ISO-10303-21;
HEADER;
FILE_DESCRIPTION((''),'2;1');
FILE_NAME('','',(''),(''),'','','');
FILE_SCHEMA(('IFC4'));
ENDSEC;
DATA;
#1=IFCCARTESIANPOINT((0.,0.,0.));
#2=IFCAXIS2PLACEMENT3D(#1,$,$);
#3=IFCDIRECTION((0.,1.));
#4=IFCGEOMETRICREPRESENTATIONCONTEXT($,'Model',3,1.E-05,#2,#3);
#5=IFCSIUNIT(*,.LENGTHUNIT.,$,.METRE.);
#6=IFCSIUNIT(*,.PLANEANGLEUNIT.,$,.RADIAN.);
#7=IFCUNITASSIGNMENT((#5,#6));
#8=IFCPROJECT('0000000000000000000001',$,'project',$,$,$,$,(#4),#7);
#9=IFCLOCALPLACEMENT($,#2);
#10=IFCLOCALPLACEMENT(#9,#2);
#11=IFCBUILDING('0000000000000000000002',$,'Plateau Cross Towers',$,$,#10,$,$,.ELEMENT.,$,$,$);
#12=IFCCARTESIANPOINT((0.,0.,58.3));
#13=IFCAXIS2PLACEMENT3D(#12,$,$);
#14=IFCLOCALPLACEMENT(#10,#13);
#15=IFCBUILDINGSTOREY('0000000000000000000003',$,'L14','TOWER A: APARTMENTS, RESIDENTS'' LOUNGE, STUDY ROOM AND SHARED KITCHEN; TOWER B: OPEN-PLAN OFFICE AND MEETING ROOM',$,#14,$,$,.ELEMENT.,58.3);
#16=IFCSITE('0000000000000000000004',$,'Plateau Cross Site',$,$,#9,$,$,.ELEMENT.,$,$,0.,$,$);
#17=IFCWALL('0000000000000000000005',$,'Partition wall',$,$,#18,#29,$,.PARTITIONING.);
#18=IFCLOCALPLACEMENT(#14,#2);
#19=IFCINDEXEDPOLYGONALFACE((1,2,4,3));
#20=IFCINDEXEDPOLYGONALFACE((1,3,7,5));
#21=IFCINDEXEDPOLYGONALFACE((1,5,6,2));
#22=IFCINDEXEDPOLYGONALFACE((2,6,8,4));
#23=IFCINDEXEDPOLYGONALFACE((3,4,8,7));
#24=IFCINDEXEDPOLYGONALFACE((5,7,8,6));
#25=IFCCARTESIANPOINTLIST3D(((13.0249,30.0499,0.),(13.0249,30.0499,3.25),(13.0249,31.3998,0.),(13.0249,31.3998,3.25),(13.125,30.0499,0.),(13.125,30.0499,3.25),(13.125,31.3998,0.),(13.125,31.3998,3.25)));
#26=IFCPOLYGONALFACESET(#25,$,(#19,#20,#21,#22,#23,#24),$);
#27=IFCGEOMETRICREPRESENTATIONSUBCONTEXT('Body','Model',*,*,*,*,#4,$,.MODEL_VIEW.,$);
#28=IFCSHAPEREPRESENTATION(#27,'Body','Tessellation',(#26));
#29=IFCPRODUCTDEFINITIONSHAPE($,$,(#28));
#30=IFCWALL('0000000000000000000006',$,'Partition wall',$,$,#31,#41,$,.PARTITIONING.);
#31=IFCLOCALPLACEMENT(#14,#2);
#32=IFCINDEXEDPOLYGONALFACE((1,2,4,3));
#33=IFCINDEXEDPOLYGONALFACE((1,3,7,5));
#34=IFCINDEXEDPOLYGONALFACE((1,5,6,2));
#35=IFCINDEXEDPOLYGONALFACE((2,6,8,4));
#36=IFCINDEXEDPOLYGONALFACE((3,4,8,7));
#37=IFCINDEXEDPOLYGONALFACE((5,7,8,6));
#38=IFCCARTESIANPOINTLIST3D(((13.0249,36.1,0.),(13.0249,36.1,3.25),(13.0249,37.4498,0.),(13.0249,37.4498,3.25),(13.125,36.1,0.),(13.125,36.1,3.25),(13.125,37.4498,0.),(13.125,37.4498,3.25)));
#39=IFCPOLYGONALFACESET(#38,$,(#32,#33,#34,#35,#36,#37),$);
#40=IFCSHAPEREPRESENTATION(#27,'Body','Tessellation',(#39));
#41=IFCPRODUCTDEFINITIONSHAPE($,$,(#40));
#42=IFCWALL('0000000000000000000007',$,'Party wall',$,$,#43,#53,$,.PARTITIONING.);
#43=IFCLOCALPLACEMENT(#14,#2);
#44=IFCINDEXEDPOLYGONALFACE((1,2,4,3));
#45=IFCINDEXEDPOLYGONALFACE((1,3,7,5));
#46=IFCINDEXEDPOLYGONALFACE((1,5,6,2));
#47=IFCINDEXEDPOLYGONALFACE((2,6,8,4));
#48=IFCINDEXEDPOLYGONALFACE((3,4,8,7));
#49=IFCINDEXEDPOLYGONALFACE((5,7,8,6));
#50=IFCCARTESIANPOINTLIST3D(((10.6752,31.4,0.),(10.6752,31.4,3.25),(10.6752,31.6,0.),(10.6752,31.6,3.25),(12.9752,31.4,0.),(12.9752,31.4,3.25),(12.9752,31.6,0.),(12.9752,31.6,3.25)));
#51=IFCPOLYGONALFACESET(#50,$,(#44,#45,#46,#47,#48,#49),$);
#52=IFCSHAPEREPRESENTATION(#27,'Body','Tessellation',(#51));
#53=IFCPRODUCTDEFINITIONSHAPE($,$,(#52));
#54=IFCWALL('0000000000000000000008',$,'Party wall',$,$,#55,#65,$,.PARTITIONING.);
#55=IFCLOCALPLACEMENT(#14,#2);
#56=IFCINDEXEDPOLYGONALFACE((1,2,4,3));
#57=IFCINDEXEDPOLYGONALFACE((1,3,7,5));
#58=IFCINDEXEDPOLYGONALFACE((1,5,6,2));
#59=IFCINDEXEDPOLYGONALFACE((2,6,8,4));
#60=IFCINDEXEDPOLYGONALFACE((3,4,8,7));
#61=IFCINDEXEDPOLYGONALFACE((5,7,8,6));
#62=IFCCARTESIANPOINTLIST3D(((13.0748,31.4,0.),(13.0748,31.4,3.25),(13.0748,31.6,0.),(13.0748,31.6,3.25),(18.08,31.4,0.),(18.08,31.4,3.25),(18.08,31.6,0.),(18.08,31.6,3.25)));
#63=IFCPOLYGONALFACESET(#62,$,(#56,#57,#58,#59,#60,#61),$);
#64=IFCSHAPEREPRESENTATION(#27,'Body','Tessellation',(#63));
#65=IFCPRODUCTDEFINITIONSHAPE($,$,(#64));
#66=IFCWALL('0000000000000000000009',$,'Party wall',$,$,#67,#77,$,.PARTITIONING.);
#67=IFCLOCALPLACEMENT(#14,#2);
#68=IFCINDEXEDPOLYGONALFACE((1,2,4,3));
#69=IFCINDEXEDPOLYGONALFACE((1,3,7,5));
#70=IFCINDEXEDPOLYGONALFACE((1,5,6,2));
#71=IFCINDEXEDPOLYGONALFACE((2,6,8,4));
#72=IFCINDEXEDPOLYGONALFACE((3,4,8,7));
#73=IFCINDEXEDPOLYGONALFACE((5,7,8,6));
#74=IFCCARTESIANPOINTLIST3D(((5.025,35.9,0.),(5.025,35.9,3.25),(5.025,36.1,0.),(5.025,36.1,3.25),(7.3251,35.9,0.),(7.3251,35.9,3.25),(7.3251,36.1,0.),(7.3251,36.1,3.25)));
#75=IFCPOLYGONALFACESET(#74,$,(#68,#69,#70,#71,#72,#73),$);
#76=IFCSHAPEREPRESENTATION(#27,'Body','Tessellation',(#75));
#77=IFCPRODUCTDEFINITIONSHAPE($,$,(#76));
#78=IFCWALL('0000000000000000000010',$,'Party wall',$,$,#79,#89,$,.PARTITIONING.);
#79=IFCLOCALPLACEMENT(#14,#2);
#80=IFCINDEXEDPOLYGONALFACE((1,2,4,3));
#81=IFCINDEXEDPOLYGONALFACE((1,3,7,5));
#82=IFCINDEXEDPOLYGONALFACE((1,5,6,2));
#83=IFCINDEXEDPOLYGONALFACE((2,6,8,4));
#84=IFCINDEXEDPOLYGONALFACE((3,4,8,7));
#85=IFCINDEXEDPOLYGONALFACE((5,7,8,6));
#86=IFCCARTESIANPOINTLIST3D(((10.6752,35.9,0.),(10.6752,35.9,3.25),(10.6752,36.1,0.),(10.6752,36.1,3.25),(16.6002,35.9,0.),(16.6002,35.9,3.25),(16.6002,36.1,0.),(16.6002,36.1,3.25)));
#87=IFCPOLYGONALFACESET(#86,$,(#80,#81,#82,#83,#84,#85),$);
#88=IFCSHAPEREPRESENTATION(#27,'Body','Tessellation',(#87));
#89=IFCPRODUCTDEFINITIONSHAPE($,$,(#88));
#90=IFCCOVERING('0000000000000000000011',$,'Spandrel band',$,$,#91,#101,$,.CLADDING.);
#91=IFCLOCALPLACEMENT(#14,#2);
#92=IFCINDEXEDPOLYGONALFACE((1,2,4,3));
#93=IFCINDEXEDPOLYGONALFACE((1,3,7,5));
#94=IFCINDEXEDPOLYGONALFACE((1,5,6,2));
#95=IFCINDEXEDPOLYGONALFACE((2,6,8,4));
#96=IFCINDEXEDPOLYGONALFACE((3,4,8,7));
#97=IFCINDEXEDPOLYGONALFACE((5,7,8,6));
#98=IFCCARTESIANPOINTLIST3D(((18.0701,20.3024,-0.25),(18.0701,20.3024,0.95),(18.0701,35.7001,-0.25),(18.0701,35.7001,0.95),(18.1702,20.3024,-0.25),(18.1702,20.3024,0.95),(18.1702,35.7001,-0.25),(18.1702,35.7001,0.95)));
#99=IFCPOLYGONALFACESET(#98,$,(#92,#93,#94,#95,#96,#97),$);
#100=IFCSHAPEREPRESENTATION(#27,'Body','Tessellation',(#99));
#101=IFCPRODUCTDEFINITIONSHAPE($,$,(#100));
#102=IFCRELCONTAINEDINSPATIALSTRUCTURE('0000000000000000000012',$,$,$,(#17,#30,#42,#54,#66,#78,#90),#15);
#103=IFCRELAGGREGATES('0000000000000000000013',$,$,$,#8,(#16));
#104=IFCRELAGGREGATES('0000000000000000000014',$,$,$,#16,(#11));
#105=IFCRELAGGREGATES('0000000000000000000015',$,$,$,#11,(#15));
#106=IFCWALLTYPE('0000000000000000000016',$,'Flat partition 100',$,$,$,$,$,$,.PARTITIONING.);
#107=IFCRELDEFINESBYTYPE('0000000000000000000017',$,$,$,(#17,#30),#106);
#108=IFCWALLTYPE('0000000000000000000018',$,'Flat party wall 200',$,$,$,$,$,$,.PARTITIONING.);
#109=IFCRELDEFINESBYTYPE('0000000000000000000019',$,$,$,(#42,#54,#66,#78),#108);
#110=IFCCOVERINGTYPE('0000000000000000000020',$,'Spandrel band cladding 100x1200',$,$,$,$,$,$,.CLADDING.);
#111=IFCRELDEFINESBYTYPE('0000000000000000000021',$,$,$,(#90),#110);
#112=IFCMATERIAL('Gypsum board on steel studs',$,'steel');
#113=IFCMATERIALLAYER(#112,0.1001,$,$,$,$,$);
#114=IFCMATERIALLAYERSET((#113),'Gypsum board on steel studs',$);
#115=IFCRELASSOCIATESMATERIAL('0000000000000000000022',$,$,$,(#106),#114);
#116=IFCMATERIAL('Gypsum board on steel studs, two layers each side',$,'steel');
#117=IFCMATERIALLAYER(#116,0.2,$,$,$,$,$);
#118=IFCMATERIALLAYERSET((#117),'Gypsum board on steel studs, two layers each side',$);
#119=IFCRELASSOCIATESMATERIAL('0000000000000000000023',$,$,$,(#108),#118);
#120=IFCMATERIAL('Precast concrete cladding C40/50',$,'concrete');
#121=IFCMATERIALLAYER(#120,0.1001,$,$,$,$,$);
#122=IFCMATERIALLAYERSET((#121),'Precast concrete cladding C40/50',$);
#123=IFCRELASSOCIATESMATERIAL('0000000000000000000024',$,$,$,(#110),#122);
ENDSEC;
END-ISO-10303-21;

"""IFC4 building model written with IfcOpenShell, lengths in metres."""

from ifc_helpers import new_model, si_unit, direction, frame, frame_2d, origin, origin_2d, place, context, subcontext, project, spatial, rectangle, extrude, material, layer, layer_set, type_object, element, save


model = new_model("IFC4")

# Units and contexts
model_context = context("Model", 3, precision=1e-05, world=origin(), true_north=direction((0.0, 1.0)))
body_context = subcontext(model_context, "Body", "Model", "MODEL_VIEW")
ifc_project = project(units=[si_unit("LENGTHUNIT", "METRE"), si_unit("PLANEANGLEUNIT", "RADIAN")], contexts=[model_context])

# Site, building, storey
site_placement = place(None, origin())
site = spatial("IfcSite", under=ifc_project, at=site_placement, Name="Plateau Cross Site", CompositionType="ELEMENT", RefElevation=0.0)
building_placement = place(site_placement, origin())
building = spatial("IfcBuilding", under=site, at=building_placement, Name="Plateau Cross Towers", CompositionType="ELEMENT")
storey_placement = place(building_placement, frame((0.0, 0.0, 58.3)))
storey = spatial("IfcBuildingStorey", under=building, at=storey_placement, Name="L14", Description="TOWER A: APARTMENTS, RESIDENTS' LOUNGE, STUDY ROOM AND SHARED KITCHEN; TOWER B: OPEN-PLAN OFFICE AND MEETING ROOM", CompositionType="ELEMENT", Elevation=58.3)

# Shared definitions
ifc_material_1 = material(Name="Gypsum board on steel studs", Category="steel")
ifc_layer_1 = layer(ifc_material_1, 0.1001)
ifc_layer_set_1 = layer_set([ifc_layer_1], Name="Gypsum board on steel studs")
wall_type_1 = type_object("IfcWallType", Name="Flat partition 100", PredefinedType="PARTITIONING", material=ifc_layer_set_1)

# Walls
for number, where, z_axis, x_axis, name in (
    (1, (13.075, 30.05, 0.0), (0.0, 0.0, 1.0), (0.0, 1.0, 0.0), "Partition wall"),
    (2, (13.075, 36.1001, 0.0), (0.0, 0.0, 1.0), (0.0, 1.0, 0.0), "Partition wall"),
):
    element("IfcWall", number, at=place(storey_placement, frame(where, z_axis=z_axis, x_axis=x_axis)), inside=storey, type_object=wall_type_1, Name=name, PredefinedType="PARTITIONING", context=body_context, shape_type="SweptSolid", body=[
        extrude(rectangle(XDim=1.3499, YDim=0.1001, at=frame_2d((0.6748, 0.0))), origin(), (0.0, 0.0, 1.0), 3.25),
    ])
ifc_material_2 = material(Name="Gypsum board on steel studs, two layers each side", Category="steel")
ifc_layer_2 = layer(ifc_material_2, 0.2)
ifc_layer_set_2 = layer_set([ifc_layer_2], Name="Gypsum board on steel studs, two layers each side")
wall_type_2 = type_object("IfcWallType", Name="Flat party wall 200", PredefinedType="PARTITIONING", material=ifc_layer_set_2)
wall_1_placement = place(storey_placement, frame((12.9751, 31.5, 0.0), z_axis=(0.0, 0.0, 1.0), x_axis=(-1.0, 0.0, 0.0)))
element("IfcWall", 3, at=wall_1_placement, inside=storey, type_object=wall_type_2, Name="Party wall", PredefinedType="PARTITIONING", context=body_context, shape_type="SweptSolid", body=[
    extrude(rectangle(XDim=2.3, YDim=0.2, at=frame_2d((1.1499, 0.0))), origin(), (0.0, 0.0, 1.0), 3.25),
])
wall_2_placement = place(storey_placement, frame((13.075, 31.5, 0.0), z_axis=(0.0, 0.0, 1.0), x_axis=(1.0, 0.0, 0.0)))
element("IfcWall", 4, at=wall_2_placement, inside=storey, type_object=wall_type_2, Name="Party wall", PredefinedType="PARTITIONING", context=body_context, shape_type="SweptSolid", body=[
    extrude(rectangle(XDim=5.0051, YDim=0.2, at=frame_2d((2.5024, 0.0))), origin(), (0.0, 0.0, 1.0), 3.25),
])
wall_3_placement = place(storey_placement, frame((7.325, 36.0, 0.0), z_axis=(0.0, 0.0, 1.0), x_axis=(-1.0, 0.0, 0.0)))
element("IfcWall", 5, at=wall_3_placement, inside=storey, type_object=wall_type_2, Name="Party wall", PredefinedType="PARTITIONING", context=body_context, shape_type="SweptSolid", body=[
    extrude(rectangle(XDim=2.3, YDim=0.2, at=frame_2d((1.1499, 0.0))), origin(), (0.0, 0.0, 1.0), 3.25),
])
wall_4_placement = place(storey_placement, frame((16.6001, 36.0, 0.0), z_axis=(0.0, 0.0, 1.0), x_axis=(-1.0, 0.0, 0.0)))
element("IfcWall", 6, at=wall_4_placement, inside=storey, type_object=wall_type_2, Name="Party wall", PredefinedType="PARTITIONING", context=body_context, shape_type="SweptSolid", body=[
    extrude(rectangle(XDim=5.925, YDim=0.2, at=frame_2d((2.9624, 0.0))), origin(), (0.0, 0.0, 1.0), 3.25),
])

# Covering
ifc_material_3 = material(Name="Precast concrete cladding C40/50", Category="concrete")
ifc_layer_3 = layer(ifc_material_3, 0.1001)
ifc_layer_set_3 = layer_set([ifc_layer_3], Name="Precast concrete cladding C40/50")
covering_type = type_object("IfcCoveringType", Name="Spandrel band cladding 100x1200", PredefinedType="CLADDING", material=ifc_layer_set_3)
covering_placement = place(storey_placement, frame((18.1201, 28.0012, -0.25), z_axis=(0.0, 0.0, 1.0), x_axis=(0.0, 1.0, 0.0)))
element("IfcCovering", 7, at=covering_placement, inside=storey, type_object=covering_type, Name="Spandrel band", PredefinedType="CLADDING", context=body_context, shape_type="SweptSolid", body=[
    extrude(rectangle(XDim=15.3977, YDim=0.1001, at=origin_2d()), origin(), (0.0, 0.0, 1.0), 1.2),
])

save(model, "model.ifc")
